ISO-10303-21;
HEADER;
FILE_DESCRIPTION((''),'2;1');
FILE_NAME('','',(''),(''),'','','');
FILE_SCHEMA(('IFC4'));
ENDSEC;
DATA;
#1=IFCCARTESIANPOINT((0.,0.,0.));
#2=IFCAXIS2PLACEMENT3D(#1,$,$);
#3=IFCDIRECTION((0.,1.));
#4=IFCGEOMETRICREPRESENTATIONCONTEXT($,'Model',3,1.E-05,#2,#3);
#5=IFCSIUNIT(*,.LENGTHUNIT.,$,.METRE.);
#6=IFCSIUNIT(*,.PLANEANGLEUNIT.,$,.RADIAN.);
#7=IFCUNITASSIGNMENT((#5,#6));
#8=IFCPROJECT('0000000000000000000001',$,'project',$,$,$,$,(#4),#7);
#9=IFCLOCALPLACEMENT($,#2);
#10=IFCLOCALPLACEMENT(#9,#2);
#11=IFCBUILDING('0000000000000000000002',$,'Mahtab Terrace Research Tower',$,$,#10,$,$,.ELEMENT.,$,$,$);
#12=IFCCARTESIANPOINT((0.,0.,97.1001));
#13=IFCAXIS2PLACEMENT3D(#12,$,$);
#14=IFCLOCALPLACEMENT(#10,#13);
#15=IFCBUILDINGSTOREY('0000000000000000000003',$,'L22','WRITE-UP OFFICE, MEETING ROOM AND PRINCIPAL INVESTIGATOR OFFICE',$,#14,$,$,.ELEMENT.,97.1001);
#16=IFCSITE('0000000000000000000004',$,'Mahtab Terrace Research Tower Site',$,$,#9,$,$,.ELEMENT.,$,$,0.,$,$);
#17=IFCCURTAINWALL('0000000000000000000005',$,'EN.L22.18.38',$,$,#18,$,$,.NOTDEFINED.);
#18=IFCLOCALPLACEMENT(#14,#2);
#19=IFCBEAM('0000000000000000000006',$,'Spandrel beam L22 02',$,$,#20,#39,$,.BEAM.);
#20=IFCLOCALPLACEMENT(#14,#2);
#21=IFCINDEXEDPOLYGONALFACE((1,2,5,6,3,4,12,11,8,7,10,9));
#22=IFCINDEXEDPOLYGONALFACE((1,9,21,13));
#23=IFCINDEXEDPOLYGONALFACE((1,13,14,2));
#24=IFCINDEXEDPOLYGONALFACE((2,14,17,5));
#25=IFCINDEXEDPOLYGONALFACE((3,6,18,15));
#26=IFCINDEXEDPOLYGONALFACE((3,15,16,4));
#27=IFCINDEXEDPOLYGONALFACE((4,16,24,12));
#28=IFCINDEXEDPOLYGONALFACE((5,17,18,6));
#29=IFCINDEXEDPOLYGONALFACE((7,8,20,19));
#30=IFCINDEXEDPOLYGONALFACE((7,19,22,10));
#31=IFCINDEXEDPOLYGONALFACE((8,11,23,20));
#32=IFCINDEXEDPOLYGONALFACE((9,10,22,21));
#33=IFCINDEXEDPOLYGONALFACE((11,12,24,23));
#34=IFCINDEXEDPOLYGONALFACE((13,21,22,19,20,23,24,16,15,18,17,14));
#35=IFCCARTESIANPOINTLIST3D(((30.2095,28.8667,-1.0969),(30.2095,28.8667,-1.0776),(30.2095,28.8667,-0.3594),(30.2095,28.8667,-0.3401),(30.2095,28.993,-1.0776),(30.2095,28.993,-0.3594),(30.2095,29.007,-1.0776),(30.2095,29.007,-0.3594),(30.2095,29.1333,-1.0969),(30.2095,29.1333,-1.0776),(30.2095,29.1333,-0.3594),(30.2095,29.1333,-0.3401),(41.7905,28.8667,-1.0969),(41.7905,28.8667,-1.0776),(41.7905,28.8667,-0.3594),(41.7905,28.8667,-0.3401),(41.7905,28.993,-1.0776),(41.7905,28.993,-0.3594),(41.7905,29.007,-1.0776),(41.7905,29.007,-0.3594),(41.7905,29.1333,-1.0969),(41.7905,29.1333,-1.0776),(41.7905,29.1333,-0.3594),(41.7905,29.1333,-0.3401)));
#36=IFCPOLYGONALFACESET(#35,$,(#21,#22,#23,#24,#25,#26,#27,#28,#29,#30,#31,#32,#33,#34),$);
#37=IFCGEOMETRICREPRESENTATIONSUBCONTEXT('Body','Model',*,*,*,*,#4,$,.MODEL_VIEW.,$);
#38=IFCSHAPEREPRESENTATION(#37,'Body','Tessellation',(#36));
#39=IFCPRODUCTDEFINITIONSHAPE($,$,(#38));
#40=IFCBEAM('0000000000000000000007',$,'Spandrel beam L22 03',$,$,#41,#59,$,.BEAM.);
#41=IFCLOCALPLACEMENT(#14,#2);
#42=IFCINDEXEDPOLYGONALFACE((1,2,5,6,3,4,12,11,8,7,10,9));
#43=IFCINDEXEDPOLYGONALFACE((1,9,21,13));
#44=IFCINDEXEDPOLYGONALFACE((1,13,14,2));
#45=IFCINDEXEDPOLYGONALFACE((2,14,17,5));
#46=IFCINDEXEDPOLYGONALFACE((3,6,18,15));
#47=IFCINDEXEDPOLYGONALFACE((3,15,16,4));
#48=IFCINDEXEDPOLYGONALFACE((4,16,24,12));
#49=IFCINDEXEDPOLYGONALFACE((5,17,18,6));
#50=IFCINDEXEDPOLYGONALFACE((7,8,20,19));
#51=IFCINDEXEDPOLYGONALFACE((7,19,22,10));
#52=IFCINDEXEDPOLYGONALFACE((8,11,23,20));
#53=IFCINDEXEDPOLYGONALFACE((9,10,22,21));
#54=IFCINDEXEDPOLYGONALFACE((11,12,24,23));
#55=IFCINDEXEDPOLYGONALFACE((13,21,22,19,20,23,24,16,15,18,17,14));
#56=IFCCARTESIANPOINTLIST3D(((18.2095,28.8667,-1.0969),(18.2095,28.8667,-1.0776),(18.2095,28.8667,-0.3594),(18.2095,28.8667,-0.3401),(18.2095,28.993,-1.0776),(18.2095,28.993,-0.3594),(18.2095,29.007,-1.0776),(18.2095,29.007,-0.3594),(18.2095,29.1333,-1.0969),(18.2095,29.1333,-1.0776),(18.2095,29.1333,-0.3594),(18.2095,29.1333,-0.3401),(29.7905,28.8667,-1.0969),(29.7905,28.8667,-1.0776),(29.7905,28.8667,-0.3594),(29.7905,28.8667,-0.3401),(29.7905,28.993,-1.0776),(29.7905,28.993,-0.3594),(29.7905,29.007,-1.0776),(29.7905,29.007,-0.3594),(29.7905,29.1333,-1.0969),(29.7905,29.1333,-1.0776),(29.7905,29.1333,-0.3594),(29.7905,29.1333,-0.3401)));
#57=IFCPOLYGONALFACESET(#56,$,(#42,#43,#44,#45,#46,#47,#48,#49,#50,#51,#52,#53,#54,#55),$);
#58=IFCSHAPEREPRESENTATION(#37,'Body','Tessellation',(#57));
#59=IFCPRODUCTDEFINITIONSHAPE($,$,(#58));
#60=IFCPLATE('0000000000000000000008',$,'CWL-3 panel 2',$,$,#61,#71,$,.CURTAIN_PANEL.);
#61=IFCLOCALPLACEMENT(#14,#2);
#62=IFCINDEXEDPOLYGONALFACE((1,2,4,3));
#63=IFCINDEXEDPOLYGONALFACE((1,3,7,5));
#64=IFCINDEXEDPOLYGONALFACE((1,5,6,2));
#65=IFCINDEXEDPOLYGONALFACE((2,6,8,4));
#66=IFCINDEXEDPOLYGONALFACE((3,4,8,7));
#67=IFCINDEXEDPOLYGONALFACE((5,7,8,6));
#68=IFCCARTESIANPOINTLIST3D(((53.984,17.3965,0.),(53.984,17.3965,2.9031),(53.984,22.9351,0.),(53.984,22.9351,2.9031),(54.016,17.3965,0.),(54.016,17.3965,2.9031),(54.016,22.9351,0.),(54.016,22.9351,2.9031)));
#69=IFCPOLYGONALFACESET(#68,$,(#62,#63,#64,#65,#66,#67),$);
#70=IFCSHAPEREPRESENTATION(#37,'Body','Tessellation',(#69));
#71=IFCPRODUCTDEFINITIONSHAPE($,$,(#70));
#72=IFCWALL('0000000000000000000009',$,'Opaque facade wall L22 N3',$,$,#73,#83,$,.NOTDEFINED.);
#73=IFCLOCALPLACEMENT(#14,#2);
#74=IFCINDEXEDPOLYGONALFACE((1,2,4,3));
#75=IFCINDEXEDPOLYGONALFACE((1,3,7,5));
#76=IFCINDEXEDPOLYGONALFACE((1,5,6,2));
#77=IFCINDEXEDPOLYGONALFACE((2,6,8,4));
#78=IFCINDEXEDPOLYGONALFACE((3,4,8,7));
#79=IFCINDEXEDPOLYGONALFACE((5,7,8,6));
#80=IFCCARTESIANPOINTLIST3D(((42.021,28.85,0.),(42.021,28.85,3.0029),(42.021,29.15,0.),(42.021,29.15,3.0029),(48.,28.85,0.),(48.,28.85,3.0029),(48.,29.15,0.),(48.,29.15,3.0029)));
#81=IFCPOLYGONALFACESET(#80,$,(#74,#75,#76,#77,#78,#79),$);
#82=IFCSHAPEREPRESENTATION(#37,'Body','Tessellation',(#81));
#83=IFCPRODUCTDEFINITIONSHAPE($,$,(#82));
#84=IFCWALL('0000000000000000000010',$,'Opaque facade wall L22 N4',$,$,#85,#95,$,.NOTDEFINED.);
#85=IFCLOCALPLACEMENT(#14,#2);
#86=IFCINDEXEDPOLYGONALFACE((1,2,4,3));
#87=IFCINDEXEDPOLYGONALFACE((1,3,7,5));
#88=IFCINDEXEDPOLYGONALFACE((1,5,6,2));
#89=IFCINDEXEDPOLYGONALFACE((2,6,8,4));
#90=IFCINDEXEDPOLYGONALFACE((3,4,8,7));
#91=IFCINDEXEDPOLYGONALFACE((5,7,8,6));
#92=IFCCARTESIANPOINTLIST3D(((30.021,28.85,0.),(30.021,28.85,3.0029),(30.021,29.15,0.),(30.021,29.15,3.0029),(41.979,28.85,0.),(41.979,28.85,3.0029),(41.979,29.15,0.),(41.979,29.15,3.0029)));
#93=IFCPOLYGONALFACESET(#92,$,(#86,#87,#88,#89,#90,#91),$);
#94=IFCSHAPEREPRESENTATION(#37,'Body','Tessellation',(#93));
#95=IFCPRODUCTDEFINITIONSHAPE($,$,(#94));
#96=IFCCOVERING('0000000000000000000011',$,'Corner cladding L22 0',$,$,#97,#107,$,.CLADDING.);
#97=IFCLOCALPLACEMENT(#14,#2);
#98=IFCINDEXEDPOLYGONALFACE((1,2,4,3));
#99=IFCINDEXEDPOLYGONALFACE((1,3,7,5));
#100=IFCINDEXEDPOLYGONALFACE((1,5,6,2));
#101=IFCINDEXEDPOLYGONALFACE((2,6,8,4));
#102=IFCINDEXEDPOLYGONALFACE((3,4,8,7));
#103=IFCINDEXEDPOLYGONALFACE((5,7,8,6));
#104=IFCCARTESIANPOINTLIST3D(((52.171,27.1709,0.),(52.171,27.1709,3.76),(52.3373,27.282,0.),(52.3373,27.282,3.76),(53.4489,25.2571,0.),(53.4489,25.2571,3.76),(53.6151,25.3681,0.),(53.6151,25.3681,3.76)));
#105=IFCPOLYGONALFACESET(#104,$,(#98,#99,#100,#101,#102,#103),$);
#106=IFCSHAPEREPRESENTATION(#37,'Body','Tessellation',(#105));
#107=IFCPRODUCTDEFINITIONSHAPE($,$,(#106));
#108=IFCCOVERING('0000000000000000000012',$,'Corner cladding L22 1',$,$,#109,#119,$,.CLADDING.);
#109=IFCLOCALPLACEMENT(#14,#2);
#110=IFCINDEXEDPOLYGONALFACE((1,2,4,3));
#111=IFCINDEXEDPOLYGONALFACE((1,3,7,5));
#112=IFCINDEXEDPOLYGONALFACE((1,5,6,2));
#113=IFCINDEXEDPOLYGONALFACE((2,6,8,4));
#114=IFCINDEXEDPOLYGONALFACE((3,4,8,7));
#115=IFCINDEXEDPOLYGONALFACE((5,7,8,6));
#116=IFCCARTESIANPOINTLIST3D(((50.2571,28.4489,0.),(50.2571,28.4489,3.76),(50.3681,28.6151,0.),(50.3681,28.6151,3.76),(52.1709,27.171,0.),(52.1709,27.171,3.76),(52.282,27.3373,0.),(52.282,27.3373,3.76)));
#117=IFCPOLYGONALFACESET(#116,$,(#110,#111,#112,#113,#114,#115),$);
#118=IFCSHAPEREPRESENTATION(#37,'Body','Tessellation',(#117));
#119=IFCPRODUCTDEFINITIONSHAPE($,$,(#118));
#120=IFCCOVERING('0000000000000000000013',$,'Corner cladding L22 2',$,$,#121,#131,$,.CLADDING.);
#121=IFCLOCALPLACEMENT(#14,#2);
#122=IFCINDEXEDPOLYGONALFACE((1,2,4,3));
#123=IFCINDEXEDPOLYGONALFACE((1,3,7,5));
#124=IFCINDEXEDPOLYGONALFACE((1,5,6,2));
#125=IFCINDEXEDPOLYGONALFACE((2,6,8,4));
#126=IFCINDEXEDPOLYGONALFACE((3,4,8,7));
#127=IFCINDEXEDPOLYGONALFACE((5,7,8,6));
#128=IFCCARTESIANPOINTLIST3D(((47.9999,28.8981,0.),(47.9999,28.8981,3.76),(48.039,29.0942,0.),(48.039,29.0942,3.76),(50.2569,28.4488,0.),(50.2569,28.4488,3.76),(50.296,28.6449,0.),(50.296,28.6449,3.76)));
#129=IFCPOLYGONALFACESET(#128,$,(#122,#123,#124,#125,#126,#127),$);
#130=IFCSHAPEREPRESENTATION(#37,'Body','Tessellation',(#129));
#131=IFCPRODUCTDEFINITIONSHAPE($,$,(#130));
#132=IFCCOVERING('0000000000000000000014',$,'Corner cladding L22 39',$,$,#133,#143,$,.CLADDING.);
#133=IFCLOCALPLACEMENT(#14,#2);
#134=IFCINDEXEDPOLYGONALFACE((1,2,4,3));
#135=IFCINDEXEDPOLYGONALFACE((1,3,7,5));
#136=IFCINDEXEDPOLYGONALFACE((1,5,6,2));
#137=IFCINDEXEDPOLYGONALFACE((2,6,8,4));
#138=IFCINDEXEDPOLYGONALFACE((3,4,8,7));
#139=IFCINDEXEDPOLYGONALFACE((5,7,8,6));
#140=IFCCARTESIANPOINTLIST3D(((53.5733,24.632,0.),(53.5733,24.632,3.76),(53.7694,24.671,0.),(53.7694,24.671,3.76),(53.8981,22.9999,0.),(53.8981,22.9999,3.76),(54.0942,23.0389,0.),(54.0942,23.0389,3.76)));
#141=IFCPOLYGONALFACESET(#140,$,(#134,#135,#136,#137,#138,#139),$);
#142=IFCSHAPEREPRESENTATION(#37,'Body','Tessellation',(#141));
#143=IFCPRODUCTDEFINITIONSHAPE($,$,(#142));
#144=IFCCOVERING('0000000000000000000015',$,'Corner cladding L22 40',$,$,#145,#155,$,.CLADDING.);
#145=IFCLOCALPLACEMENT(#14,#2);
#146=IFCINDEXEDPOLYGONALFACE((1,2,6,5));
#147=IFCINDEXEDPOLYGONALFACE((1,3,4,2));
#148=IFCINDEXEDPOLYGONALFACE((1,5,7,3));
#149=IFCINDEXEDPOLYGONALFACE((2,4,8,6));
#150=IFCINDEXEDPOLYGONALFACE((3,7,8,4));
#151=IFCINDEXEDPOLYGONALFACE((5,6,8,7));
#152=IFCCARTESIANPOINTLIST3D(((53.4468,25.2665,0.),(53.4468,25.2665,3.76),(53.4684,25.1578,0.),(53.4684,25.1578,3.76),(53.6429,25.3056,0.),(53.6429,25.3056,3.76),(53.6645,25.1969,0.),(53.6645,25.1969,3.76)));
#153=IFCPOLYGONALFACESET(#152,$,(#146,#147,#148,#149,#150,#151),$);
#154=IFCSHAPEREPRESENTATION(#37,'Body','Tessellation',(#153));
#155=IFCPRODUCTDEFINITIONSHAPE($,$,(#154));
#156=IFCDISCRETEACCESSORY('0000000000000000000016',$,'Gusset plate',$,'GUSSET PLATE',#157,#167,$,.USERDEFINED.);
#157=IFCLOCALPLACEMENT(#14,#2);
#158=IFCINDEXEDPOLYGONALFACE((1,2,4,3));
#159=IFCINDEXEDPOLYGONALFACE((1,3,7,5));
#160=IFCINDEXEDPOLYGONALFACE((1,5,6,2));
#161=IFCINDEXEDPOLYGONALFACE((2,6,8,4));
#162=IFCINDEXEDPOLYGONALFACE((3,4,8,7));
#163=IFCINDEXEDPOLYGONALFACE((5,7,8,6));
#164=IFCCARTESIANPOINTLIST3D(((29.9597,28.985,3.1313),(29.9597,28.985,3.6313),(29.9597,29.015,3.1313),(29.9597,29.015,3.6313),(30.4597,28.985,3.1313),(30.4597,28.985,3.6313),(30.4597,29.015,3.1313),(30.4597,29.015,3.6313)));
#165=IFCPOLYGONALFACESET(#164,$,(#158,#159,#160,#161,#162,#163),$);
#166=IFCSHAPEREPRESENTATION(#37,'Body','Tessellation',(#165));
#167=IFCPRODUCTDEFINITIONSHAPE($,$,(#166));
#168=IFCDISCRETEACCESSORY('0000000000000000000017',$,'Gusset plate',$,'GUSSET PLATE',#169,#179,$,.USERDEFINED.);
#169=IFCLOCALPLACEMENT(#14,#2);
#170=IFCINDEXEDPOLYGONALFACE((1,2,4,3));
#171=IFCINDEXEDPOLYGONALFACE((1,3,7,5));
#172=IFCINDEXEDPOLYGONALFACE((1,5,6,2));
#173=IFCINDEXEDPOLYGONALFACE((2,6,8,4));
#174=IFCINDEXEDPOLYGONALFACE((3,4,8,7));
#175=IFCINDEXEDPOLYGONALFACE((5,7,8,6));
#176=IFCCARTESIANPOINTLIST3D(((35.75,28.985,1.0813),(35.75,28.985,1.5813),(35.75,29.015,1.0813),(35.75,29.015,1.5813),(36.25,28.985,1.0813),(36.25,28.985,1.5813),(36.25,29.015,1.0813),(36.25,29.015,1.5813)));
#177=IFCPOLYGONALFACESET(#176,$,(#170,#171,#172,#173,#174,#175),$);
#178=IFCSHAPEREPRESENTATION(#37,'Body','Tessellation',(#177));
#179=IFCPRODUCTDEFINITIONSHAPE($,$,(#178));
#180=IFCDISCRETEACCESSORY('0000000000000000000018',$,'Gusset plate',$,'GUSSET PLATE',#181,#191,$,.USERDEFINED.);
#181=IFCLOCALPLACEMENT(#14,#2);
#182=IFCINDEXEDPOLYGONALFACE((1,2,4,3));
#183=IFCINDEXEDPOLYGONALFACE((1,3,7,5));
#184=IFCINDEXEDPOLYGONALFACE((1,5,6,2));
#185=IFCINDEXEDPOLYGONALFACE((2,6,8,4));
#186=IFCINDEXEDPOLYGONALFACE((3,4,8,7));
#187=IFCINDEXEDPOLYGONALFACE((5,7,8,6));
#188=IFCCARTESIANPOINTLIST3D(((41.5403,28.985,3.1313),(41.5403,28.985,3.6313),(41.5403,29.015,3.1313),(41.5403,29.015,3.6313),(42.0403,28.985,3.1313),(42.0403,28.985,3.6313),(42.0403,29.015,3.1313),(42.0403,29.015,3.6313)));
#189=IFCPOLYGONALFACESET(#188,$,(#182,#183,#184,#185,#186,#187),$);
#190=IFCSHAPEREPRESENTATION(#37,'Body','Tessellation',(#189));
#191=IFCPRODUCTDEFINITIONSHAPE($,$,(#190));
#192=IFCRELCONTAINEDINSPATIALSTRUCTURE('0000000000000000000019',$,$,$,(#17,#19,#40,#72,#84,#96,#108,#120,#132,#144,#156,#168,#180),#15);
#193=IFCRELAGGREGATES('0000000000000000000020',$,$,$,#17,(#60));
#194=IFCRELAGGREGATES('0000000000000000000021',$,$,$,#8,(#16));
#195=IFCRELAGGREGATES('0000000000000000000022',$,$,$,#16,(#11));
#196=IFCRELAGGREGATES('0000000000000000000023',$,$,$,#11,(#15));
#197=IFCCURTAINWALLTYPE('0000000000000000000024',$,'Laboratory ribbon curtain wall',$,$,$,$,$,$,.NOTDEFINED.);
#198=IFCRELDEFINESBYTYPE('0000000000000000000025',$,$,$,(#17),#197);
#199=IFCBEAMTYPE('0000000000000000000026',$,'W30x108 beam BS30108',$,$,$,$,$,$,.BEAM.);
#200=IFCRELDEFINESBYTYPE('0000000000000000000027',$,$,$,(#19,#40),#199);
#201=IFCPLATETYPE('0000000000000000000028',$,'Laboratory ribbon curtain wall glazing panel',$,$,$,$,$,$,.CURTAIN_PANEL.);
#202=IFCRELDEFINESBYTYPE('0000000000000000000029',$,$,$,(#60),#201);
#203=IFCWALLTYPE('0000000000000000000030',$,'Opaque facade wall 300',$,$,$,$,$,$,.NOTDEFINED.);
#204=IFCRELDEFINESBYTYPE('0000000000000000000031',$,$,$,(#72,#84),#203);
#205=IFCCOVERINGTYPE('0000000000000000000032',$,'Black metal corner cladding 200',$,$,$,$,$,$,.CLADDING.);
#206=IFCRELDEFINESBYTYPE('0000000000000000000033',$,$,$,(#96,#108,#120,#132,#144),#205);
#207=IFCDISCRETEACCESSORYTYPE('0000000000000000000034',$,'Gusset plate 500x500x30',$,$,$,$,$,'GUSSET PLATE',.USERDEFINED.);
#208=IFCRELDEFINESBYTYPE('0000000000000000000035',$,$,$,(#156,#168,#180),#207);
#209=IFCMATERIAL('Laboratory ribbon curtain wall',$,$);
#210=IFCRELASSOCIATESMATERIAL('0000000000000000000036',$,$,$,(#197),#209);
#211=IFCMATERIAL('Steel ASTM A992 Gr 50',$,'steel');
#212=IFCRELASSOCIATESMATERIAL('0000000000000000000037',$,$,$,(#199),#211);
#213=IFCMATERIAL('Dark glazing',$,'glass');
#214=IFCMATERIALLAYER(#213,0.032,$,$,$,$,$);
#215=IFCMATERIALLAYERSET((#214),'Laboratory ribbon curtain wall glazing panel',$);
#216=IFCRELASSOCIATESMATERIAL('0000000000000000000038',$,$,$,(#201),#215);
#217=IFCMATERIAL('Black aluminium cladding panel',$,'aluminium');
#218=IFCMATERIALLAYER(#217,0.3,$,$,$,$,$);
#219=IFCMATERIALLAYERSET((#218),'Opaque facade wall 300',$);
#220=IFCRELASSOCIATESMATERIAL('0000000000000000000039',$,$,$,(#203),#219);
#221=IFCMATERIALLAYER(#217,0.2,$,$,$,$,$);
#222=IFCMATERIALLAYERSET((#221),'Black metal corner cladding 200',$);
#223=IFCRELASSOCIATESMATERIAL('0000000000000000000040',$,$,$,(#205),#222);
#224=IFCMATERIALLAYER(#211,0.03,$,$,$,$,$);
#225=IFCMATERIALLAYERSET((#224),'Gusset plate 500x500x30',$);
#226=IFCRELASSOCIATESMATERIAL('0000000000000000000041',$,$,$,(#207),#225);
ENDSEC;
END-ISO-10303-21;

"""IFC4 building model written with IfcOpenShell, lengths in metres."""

from ifc_helpers import new_model, si_unit, direction, frame, frame_2d, origin, origin_2d, place, context, subcontext, project, spatial, rectangle, i_section, extrude, material, layer, layer_set, material_profile, profile_set, type_object, element, aggregate, save


model = new_model("IFC4")

# Units and contexts
model_context = context("Model", 3, precision=1e-05, world=origin(), true_north=direction((0.0, 1.0)))
body_context = subcontext(model_context, "Body", "Model", "MODEL_VIEW")
ifc_project = project(units=[si_unit("LENGTHUNIT", "METRE"), si_unit("PLANEANGLEUNIT", "RADIAN")], contexts=[model_context])

# Site, building, storey
site_placement = place(None, origin())
site = spatial("IfcSite", under=ifc_project, at=site_placement, Name="Mahtab Terrace Research Tower Site", CompositionType="ELEMENT", RefElevation=0.0)
building_placement = place(site_placement, origin())
building = spatial("IfcBuilding", under=site, at=building_placement, Name="Mahtab Terrace Research Tower", CompositionType="ELEMENT")
storey_placement = place(building_placement, frame((0.0, 0.0, 97.1001)))
storey = spatial("IfcBuildingStorey", under=building, at=storey_placement, Name="L22", Description="WRITE-UP OFFICE, MEETING ROOM AND PRINCIPAL INVESTIGATOR OFFICE", CompositionType="ELEMENT", Elevation=97.1001)

# Shared definitions
ifc_material_1 = material(Name="Steel ASTM A992 Gr 50", Category="steel")

# Curtain wall
ifc_material_2 = material(Name="Laboratory ribbon curtain wall")
curtain_wall_type = type_object("IfcCurtainWallType", Name="Laboratory ribbon curtain wall", PredefinedType="NOTDEFINED", material=ifc_material_2)
curtain_wall_1_placement = place(storey_placement, origin())
curtain_wall_1 = element("IfcCurtainWall", 1, at=curtain_wall_1_placement, inside=storey, type_object=curtain_wall_type, Name="EN.L22.18.38", PredefinedType="NOTDEFINED")

# Beams
ifc_material_profile_1 = material_profile(ifc_material_1, i_section(OverallWidth=0.2666, OverallDepth=0.7568, WebThickness=0.0139, FlangeThickness=0.0193, at=origin_2d()), Name="W30X108")
ifc_profile_set_1 = profile_set([ifc_material_profile_1], Name="Steel ASTM A992 Gr 50")
beam_type = type_object("IfcBeamType", Name="W30x108 beam BS30108", PredefinedType="BEAM", material=ifc_profile_set_1)
for number, where, z_axis, x_axis, name in (
    (2, (41.7905, 29.0, -0.7185), (-1.0, 0.0, 0.0), (0.0, -1.0, 0.0), "Spandrel beam L22 02"),
    (3, (29.7905, 29.0, -0.7185), (-1.0, 0.0, 0.0), (0.0, -1.0, 0.0), "Spandrel beam L22 03"),
):
    element("IfcBeam", number, at=place(storey_placement, frame(where, z_axis=z_axis, x_axis=x_axis)), inside=storey, type_object=beam_type, Name=name, PredefinedType="BEAM", context=body_context, shape_type="SweptSolid", body=[
        extrude(i_section(OverallWidth=0.2666, OverallDepth=0.7568, WebThickness=0.0139, FlangeThickness=0.0193, at=origin_2d()), origin(), (0.0, 0.0, 1.0), 11.5811),
    ])

# Plate
ifc_material_3 = material(Name="Dark glazing", Category="glass")
ifc_layer_1 = layer(ifc_material_3, 0.032)
ifc_layer_set_1 = layer_set([ifc_layer_1], Name="Laboratory ribbon curtain wall glazing panel")
plate_type = type_object("IfcPlateType", Name="Laboratory ribbon curtain wall glazing panel", PredefinedType="CURTAIN_PANEL", material=ifc_layer_set_1)
plate_placement = place(storey_placement, frame((54.0, 20.1658, 0.0), z_axis=(0.0, 0.0, 1.0), x_axis=(0.0, 1.0, 0.0)))
plate = element("IfcPlate", 4, at=plate_placement, type_object=plate_type, Name="CWL-3 panel 2", PredefinedType="CURTAIN_PANEL", context=body_context, shape_type="SweptSolid", body=[
    extrude(rectangle(XDim=5.5386, YDim=0.032, at=origin_2d()), origin(), (0.0, 0.0, 1.0), 2.9031),
])
aggregate(curtain_wall_1, [plate])

# Walls
ifc_material_4 = material(Name="Black aluminium cladding panel", Category="aluminium")
ifc_layer_2 = layer(ifc_material_4, 0.3)
ifc_layer_set_2 = layer_set([ifc_layer_2], Name="Opaque facade wall 300")
wall_type = type_object("IfcWallType", Name="Opaque facade wall 300", PredefinedType="NOTDEFINED", material=ifc_layer_set_2)
wall_1_placement = place(storey_placement, frame((48.0, 29.0, 0.0), z_axis=(0.0, 0.0, 1.0), x_axis=(-1.0, 0.0, 0.0)))
element("IfcWall", 5, at=wall_1_placement, inside=storey, type_object=wall_type, Name="Opaque facade wall L22 N3", PredefinedType="NOTDEFINED", context=body_context, shape_type="SweptSolid", body=[
    extrude(rectangle(XDim=5.979, YDim=0.3, at=frame_2d((2.9895, 0.0))), origin(), (0.0, 0.0, 1.0), 3.0029),
])
wall_2_placement = place(storey_placement, frame((41.979, 29.0, 0.0), z_axis=(0.0, 0.0, 1.0), x_axis=(-1.0, 0.0, 0.0)))
element("IfcWall", 6, at=wall_2_placement, inside=storey, type_object=wall_type, Name="Opaque facade wall L22 N4", PredefinedType="NOTDEFINED", context=body_context, shape_type="SweptSolid", body=[
    extrude(rectangle(XDim=11.958, YDim=0.3, at=frame_2d((5.979, 0.0))), origin(), (0.0, 0.0, 1.0), 3.0029),
])

# Coverings
ifc_layer_3 = layer(ifc_material_4, 0.2)
ifc_layer_set_3 = layer_set([ifc_layer_3], Name="Black metal corner cladding 200")
covering_type = type_object("IfcCoveringType", Name="Black metal corner cladding 200", PredefinedType="CLADDING", material=ifc_layer_set_3)
for number, where, z_axis, x_axis, name in (
    (7, (52.8931, 26.2695, 0.0), (0.0, 0.0, 1.0), (-0.555291, 0.831656, 0.0), "Corner cladding L22 0"),
    (8, (51.2695, 27.8931, 0.0), (0.0, 0.0, 1.0), (-0.831656, 0.555291, 0.0), "Corner cladding L22 1"),
    (9, (49.1479, 28.7715, 0.0), (0.0, 0.0, 1.0), (-0.980761, 0.195212, 0.0), "Corner cladding L22 2"),
):
    element("IfcCovering", number, at=place(storey_placement, frame(where, z_axis=z_axis, x_axis=x_axis)), inside=storey, type_object=covering_type, Name=name, PredefinedType="CLADDING", context=body_context, shape_type="SweptSolid", body=[
        extrude(rectangle(XDim=2.3013, YDim=0.2, at=origin_2d()), origin(), (0.0, 0.0, 1.0), 3.76),
    ])
covering_1_placement = place(storey_placement, frame((53.8337, 23.8354, 0.0), z_axis=(0.0, 0.0, 1.0), x_axis=(-0.195212, 0.980761, 0.0)))
element("IfcCovering", 10, at=covering_1_placement, inside=storey, type_object=covering_type, Name="Corner cladding L22 39", PredefinedType="CLADDING", context=body_context, shape_type="SweptSolid", body=[
    extrude(rectangle(XDim=1.6641, YDim=0.2, at=origin_2d()), origin(), (0.0, 0.0, 1.0), 3.76),
])
covering_2_placement = place(storey_placement, frame((53.5557, 25.2317, 0.0), z_axis=(0.0, 0.0, 1.0), x_axis=(-0.195212, 0.980761, 0.0)))
element("IfcCovering", 11, at=covering_2_placement, inside=storey, type_object=covering_type, Name="Corner cladding L22 40", PredefinedType="CLADDING", context=body_context, shape_type="SweptSolid", body=[
    extrude(rectangle(XDim=0.1108, YDim=0.2, at=origin_2d()), origin(), (0.0, 0.0, 1.0), 3.76),
])

# Discrete accessories
ifc_layer_4 = layer(ifc_material_1, 0.03)
ifc_layer_set_4 = layer_set([ifc_layer_4], Name="Gusset plate 500x500x30")
discrete_accessory_type = type_object("IfcDiscreteAccessoryType", Name="Gusset plate 500x500x30", ElementType="GUSSET PLATE", PredefinedType="USERDEFINED", material=ifc_layer_set_4)
for number, where, z_axis, x_axis, name in (
    (12, (30.2097, 29.0, 3.1313), (0.0, 0.0, 1.0), (1.0, 0.0, 0.0), "Gusset plate"),
    (13, (36.0, 29.0, 1.0813), (0.0, 0.0, 1.0), (1.0, 0.0, 0.0), "Gusset plate"),
    (14, (41.7903, 29.0, 3.1313), (0.0, 0.0, 1.0), (1.0, 0.0, 0.0), "Gusset plate"),
):
    element("IfcDiscreteAccessory", number, at=place(storey_placement, frame(where, z_axis=z_axis, x_axis=x_axis)), inside=storey, type_object=discrete_accessory_type, Name=name, ObjectType="GUSSET PLATE", PredefinedType="USERDEFINED", context=body_context, shape_type="SweptSolid", body=[
        extrude(rectangle(XDim=0.5, YDim=0.03, at=origin_2d()), origin(), (0.0, 0.0, 1.0), 0.5),
    ])

save(model, "model.ifc")
